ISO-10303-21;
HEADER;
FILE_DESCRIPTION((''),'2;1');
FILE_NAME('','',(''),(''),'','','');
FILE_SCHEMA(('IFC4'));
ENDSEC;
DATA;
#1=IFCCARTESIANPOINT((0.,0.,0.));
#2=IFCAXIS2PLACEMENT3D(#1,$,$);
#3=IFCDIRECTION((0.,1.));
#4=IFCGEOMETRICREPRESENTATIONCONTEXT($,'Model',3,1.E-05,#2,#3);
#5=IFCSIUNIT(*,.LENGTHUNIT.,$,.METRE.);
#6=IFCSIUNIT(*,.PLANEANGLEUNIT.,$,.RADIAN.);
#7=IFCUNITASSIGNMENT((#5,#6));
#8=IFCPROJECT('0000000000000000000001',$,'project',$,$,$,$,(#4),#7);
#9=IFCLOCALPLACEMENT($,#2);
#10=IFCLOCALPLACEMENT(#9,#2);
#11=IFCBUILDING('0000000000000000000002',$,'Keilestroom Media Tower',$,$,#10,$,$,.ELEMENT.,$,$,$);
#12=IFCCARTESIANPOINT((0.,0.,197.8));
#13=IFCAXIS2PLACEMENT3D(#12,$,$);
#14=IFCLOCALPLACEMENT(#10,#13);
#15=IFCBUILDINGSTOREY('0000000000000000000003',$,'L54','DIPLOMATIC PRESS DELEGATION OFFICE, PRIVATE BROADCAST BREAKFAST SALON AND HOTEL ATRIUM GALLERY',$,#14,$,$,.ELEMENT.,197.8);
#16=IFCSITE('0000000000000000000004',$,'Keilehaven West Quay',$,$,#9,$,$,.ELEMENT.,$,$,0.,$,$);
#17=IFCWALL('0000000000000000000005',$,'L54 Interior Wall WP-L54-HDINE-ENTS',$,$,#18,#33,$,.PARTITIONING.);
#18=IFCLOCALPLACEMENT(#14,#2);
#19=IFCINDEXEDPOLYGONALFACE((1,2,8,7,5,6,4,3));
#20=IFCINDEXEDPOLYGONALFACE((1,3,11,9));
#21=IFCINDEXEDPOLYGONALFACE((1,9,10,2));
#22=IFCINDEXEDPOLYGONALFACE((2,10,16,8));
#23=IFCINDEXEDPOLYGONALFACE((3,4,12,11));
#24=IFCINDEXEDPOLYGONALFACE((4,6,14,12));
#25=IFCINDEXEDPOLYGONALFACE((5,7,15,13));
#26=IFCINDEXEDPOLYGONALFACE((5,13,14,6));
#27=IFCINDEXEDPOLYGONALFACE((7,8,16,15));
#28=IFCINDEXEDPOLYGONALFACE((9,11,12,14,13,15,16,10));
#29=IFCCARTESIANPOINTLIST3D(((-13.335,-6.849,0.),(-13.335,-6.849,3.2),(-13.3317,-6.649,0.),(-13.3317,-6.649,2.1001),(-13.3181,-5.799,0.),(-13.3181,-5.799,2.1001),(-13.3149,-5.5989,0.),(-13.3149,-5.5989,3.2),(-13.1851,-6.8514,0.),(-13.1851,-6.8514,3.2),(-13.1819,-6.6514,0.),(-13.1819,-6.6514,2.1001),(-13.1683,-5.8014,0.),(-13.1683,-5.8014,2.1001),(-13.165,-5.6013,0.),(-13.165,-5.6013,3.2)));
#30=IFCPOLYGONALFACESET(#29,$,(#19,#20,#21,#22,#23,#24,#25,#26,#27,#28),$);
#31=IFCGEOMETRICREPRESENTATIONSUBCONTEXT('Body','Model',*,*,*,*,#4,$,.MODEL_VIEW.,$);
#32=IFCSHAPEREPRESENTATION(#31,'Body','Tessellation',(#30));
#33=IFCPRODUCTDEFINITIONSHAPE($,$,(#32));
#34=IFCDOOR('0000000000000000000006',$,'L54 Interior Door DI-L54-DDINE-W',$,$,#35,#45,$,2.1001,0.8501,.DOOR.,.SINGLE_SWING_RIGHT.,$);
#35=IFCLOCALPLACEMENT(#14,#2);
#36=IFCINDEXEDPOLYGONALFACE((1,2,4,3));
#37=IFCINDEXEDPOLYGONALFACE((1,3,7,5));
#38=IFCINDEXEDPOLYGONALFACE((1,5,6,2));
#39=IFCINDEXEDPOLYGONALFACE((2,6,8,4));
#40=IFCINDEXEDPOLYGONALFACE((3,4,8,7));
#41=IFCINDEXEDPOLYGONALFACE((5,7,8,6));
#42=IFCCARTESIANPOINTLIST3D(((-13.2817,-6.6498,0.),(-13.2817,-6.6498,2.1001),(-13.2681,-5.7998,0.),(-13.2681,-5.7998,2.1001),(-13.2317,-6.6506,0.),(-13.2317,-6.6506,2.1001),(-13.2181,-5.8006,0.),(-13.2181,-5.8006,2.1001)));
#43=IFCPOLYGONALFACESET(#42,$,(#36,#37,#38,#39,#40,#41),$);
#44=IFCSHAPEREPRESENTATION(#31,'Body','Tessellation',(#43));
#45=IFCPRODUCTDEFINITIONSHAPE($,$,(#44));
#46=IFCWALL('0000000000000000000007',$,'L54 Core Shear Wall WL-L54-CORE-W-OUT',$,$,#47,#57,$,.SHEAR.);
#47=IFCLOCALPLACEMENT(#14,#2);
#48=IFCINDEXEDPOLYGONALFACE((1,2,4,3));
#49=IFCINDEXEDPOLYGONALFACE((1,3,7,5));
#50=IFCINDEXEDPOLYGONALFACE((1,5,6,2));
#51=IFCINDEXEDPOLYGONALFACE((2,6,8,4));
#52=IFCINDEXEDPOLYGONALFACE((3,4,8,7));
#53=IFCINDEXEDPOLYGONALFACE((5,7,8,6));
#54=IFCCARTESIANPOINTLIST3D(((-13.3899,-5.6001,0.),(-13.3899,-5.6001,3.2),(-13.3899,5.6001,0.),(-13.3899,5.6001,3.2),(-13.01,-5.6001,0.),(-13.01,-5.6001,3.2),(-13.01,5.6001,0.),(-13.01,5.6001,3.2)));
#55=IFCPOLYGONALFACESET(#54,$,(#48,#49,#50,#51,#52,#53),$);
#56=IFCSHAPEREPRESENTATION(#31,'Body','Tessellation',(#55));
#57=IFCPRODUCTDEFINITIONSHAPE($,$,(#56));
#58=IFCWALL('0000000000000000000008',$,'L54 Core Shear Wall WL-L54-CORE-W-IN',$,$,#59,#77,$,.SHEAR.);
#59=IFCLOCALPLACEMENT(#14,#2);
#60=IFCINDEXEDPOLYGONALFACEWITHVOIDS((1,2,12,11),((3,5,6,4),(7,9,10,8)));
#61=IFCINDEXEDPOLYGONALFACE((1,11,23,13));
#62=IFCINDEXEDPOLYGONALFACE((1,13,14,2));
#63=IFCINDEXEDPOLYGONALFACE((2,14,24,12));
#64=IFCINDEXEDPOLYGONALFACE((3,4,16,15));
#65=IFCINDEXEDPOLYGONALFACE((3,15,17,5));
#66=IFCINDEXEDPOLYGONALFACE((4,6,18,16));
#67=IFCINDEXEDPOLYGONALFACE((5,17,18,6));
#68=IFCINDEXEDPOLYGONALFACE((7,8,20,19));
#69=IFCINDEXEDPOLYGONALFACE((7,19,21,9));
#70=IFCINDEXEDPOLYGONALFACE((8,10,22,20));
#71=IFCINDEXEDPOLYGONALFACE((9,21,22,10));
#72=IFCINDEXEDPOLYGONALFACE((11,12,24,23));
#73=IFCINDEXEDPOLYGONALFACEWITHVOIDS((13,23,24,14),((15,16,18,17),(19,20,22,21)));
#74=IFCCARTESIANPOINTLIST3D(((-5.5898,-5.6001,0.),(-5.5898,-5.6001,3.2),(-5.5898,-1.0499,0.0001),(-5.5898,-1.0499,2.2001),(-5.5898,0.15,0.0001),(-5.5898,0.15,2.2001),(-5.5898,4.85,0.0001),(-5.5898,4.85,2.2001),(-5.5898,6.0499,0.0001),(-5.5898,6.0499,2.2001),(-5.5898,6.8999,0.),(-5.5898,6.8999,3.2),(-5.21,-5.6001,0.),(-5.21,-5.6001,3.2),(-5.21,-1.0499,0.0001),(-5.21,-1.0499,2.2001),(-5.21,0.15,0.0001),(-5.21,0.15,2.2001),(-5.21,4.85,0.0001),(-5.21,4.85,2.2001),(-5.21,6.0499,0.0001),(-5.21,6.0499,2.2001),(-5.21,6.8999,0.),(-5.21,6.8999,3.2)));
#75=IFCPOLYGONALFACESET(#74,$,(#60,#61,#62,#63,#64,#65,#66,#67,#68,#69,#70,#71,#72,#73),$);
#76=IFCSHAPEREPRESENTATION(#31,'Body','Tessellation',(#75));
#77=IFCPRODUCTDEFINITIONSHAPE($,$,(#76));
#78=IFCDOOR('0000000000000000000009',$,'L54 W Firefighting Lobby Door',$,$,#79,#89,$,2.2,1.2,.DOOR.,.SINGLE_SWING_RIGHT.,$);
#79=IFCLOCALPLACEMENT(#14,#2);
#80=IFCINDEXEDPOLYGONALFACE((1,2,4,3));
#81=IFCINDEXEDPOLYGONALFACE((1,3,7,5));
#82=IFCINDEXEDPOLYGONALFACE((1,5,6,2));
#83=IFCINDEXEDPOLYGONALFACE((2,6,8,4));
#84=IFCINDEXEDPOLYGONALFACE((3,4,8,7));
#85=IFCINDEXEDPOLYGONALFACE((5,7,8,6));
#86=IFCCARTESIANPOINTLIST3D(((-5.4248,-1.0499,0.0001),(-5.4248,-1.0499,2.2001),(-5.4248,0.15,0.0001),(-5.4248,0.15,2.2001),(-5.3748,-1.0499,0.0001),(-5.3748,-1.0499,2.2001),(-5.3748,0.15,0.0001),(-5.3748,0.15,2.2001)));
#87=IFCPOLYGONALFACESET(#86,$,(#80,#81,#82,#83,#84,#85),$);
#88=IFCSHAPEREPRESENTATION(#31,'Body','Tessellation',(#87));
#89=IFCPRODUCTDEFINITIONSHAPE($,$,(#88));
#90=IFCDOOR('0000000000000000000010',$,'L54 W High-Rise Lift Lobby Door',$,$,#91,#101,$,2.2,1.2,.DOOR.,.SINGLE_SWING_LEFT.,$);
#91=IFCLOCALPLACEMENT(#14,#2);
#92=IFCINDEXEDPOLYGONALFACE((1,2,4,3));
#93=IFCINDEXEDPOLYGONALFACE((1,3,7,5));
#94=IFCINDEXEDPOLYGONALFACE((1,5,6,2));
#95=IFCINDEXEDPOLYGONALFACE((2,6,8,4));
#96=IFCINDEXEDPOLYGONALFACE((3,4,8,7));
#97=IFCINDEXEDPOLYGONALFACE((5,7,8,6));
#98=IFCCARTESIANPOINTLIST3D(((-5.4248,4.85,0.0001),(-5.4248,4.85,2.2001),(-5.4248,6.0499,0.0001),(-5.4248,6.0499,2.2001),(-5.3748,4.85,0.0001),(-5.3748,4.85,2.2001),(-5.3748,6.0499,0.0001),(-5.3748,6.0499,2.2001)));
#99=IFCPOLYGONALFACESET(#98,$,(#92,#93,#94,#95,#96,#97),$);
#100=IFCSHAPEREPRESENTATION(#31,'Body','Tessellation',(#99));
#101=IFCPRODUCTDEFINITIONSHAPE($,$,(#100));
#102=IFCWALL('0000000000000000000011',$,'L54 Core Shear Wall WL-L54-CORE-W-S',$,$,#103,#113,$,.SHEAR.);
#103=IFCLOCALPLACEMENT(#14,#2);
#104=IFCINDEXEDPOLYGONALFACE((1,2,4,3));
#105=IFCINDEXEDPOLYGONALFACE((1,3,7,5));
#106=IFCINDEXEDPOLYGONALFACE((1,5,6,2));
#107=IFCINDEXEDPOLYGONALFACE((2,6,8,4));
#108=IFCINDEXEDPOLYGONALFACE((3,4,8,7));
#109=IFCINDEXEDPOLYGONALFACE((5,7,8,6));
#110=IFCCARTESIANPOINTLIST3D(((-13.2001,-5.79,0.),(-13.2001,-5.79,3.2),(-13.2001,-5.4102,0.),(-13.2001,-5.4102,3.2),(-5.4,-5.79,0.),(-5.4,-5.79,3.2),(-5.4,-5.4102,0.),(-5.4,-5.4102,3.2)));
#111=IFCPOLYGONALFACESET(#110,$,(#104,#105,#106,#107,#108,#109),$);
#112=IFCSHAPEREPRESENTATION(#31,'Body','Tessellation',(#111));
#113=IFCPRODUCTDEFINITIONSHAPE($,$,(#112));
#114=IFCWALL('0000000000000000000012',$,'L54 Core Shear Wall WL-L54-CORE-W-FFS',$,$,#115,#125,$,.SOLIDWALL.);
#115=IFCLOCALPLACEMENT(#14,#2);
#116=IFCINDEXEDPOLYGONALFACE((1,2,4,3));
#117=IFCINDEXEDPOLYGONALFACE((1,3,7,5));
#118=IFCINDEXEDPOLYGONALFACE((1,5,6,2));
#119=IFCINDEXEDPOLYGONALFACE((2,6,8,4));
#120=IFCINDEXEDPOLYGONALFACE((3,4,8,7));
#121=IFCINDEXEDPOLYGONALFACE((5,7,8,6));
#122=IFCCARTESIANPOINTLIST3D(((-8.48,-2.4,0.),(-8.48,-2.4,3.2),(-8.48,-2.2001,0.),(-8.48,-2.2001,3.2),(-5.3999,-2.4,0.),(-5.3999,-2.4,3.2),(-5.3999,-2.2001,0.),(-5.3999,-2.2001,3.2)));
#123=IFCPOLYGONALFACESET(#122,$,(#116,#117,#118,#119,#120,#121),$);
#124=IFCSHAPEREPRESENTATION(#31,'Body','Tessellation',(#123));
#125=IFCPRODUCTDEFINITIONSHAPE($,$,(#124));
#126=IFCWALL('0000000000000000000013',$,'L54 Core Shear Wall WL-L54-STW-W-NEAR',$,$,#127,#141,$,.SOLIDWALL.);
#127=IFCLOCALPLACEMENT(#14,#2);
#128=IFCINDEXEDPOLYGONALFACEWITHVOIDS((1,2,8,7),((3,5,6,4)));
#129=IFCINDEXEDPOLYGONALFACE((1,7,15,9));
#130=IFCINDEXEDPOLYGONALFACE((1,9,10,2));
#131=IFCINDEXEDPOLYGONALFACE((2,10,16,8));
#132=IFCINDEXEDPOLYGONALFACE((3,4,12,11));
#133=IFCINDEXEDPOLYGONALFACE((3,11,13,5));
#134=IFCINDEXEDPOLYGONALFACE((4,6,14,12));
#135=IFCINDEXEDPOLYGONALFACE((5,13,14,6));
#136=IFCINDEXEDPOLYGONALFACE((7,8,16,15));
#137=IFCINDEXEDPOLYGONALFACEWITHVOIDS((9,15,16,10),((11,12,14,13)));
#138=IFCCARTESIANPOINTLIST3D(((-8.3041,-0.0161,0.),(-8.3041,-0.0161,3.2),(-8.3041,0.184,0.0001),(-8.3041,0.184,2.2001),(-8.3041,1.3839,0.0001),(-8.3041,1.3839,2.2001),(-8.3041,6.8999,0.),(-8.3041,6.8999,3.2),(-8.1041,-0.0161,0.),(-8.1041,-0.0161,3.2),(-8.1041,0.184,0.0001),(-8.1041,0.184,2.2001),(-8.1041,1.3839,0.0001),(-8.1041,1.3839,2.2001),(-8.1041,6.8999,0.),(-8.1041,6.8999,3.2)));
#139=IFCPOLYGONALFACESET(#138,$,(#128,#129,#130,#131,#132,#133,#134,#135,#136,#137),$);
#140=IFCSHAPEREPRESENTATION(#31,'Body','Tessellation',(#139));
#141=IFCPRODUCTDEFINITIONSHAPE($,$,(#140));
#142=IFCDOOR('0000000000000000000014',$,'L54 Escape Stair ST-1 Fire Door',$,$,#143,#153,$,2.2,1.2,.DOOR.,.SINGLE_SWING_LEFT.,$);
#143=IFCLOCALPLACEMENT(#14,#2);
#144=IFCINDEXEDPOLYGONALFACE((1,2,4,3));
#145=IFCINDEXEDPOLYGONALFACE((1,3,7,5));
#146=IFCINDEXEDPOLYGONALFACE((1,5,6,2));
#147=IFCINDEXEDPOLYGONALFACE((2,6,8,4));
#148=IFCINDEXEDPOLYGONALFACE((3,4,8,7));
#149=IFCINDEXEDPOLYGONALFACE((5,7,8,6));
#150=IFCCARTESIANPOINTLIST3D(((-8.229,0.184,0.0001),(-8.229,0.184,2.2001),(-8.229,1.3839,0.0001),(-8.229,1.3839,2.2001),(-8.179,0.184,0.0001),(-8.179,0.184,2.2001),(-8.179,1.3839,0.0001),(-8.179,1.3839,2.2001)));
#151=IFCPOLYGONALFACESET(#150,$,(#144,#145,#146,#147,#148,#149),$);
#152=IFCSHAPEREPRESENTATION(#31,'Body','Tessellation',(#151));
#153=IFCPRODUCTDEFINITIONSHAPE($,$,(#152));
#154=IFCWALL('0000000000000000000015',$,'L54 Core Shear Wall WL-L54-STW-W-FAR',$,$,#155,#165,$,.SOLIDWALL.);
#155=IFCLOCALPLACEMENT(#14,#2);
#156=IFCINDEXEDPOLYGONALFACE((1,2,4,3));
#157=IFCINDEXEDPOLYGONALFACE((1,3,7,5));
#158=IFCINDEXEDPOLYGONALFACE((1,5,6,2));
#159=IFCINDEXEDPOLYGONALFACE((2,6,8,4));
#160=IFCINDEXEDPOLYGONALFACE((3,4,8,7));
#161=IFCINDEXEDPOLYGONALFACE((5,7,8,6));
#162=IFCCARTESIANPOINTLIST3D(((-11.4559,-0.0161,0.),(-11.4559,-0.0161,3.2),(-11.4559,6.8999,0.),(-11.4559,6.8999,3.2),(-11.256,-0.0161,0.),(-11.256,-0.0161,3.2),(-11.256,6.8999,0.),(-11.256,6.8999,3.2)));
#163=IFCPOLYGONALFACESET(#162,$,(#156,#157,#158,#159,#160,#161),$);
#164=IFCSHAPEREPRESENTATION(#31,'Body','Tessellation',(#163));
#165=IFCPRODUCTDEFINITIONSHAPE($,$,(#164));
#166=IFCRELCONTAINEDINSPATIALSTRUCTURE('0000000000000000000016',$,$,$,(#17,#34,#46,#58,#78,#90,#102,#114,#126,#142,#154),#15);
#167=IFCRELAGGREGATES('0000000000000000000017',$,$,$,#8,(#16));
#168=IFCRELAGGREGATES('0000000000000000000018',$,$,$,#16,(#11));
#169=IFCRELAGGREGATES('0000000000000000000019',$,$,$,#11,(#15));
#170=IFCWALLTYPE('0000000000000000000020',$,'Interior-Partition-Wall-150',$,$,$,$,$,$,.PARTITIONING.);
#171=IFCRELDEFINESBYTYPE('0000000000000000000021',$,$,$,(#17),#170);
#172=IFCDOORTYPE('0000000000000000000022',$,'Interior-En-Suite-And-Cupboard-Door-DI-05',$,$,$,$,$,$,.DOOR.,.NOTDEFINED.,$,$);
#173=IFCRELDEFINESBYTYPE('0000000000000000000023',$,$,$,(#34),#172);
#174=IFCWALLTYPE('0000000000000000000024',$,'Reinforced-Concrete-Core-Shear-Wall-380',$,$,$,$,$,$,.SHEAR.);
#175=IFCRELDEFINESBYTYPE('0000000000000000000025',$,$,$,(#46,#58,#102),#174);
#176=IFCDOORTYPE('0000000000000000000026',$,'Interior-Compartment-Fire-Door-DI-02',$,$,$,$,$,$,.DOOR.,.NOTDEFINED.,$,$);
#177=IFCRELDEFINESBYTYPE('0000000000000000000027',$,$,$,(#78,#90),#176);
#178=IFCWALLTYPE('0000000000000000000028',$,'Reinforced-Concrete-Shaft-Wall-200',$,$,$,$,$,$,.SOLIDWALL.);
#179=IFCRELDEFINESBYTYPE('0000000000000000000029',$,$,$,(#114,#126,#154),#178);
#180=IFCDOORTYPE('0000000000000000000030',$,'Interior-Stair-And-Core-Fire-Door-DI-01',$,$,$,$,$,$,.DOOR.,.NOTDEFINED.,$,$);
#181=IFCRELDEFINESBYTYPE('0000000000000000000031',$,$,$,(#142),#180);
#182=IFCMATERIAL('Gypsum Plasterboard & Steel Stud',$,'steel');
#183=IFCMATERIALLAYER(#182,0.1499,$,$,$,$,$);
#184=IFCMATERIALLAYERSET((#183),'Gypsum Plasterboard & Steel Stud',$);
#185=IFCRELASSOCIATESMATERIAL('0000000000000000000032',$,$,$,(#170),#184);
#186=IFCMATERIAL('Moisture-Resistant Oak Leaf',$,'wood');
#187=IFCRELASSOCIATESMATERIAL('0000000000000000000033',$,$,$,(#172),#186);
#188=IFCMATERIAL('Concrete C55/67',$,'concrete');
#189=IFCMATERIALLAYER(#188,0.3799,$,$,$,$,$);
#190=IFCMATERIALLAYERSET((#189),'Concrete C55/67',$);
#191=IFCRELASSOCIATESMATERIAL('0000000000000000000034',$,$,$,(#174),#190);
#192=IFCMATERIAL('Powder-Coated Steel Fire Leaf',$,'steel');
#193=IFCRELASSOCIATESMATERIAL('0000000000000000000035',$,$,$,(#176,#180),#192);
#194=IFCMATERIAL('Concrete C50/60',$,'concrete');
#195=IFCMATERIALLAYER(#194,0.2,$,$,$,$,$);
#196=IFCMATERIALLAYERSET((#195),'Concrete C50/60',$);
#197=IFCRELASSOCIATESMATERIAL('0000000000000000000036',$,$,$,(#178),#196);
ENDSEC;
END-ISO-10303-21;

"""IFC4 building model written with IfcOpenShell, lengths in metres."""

from ifc_helpers import new_model, si_unit, direction, frame, frame_2d, origin, place, context, subcontext, project, spatial, rectangle, extrude, source, transform, mapped, material, layer, layer_set, type_object, element, fill, save


model = new_model("IFC4")

# Units and contexts
model_context = context("Model", 3, precision=1e-05, world=origin(), true_north=direction((0.0, 1.0)))
body_context = subcontext(model_context, "Body", "Model", "MODEL_VIEW")
ifc_project = project(units=[si_unit("LENGTHUNIT", "METRE"), si_unit("PLANEANGLEUNIT", "RADIAN")], contexts=[model_context])

# Site, building, storey
site_placement = place(None, origin())
site = spatial("IfcSite", under=ifc_project, at=site_placement, Name="Keilehaven West Quay", CompositionType="ELEMENT", RefElevation=0.0)
building_placement = place(site_placement, origin())
building = spatial("IfcBuilding", under=site, at=building_placement, Name="Keilestroom Media Tower", CompositionType="ELEMENT")
storey_placement = place(building_placement, frame((0.0, 0.0, 197.8)))
storey = spatial("IfcBuildingStorey", under=building, at=storey_placement, Name="L54", Description="DIPLOMATIC PRESS DELEGATION OFFICE, PRIVATE BROADCAST BREAKFAST SALON AND HOTEL ATRIUM GALLERY", CompositionType="ELEMENT", Elevation=197.8)

# Shared definitions
ifc_material_1 = material(Name="Concrete C55/67", Category="concrete")

# Wall, opening, door
ifc_material_2 = material(Name="Gypsum Plasterboard & Steel Stud", Category="steel")
ifc_layer_1 = layer(ifc_material_2, 0.1499)
ifc_layer_set_1 = layer_set([ifc_layer_1], Name="Gypsum Plasterboard & Steel Stud")
wall_type_1 = type_object("IfcWallType", Name="Interior-Partition-Wall-150", PredefinedType="PARTITIONING", material=ifc_layer_set_1)
wall_1_placement = place(storey_placement, frame((-13.26, -6.8501, 0.0), z_axis=(0.0, 0.0, 1.0), x_axis=(0.016014, 0.999872, 0.0)))
wall_1 = element("IfcWall", 1, at=wall_1_placement, inside=storey, type_object=wall_type_1, Name="L54 Interior Wall WP-L54-HDINE-ENTS", PredefinedType="PARTITIONING", context=body_context, shape_type="SweptSolid", body=[
    extrude(rectangle(XDim=1.2502, YDim=0.1499, at=frame_2d((0.625, 0.0))), origin(), (0.0, 0.0, 1.0), 3.2),
])
opening_1_placement = place(wall_1_placement, frame((0.2, 0.0, 0.0)))
opening_1 = element("IfcOpeningElement", 2, at=opening_1_placement, cuts=wall_1, PredefinedType="OPENING", context=body_context, shape_type="SweptSolid", body=[
    extrude(rectangle(XDim=0.8501, YDim=2.1001, at=frame_2d((0.425, 1.05))), frame((0.0, 0.085, 0.0), z_axis=(0.0, -1.0, 0.0), x_axis=(1.0, 0.0, 0.0)), (0.0, 0.0, 1.0), 0.1699),
])
ifc_material_3 = material(Name="Moisture-Resistant Oak Leaf", Category="wood")
door_type_1 = type_object("IfcDoorType", Name="Interior-En-Suite-And-Cupboard-Door-DI-05", OperationType="NOTDEFINED", PredefinedType="DOOR", material=ifc_material_3)
shared_shape_1 = source(origin(), body_context, "Body", "SweptSolid", [
    extrude(rectangle(XDim=0.8501, YDim=2.1001, at=frame_2d((0.425, 1.05))), frame((0.0, 0.0249, 0.0), z_axis=(0.0, -1.0, 0.0), x_axis=(1.0, 0.0, 0.0)), (0.0, 0.0, 1.0), 0.05),
])
door_1_placement = place(opening_1_placement, origin())
door_1 = element("IfcDoor", 3, at=door_1_placement, inside=storey, type_object=door_type_1, Name="L54 Interior Door DI-L54-DDINE-W", OperationType="SINGLE_SWING_RIGHT", OverallHeight=2.1001, OverallWidth=0.8501, PredefinedType="DOOR", context=body_context, shape_type="MappedRepresentation", body=[
    mapped(shared_shape_1, transform((0.0, 0.0, 0.0), x_axis=(1.0, 0.0, 0.0), y_axis=(0.0, 1.0, 0.0), z_axis=(0.0, 0.0, 1.0), scale=1.0)),
])
fill(opening_1, door_1)

# Wall
ifc_layer_2 = layer(ifc_material_1, 0.3799)
ifc_layer_set_2 = layer_set([ifc_layer_2], Name="Concrete C55/67")
wall_type_2 = type_object("IfcWallType", Name="Reinforced-Concrete-Core-Shear-Wall-380", PredefinedType="SHEAR", material=ifc_layer_set_2)
wall_2_placement = place(storey_placement, frame((-13.2, -5.6001, 0.0), z_axis=(0.0, 0.0, 1.0), x_axis=(0.0, 1.0, 0.0)))
element("IfcWall", 4, at=wall_2_placement, inside=storey, type_object=wall_type_2, Name="L54 Core Shear Wall WL-L54-CORE-W-OUT", PredefinedType="SHEAR", context=body_context, shape_type="SweptSolid", body=[
    extrude(rectangle(XDim=11.2002, YDim=0.3799, at=frame_2d((5.6001, 0.0))), origin(), (0.0, 0.0, 1.0), 3.2),
])

# Wall, openings, doors
wall_3_placement = place(storey_placement, frame((-5.3999, -5.6001, 0.0), z_axis=(0.0, 0.0, 1.0), x_axis=(0.0, 1.0, 0.0)))
wall_3 = element("IfcWall", 5, at=wall_3_placement, inside=storey, type_object=wall_type_2, Name="L54 Core Shear Wall WL-L54-CORE-W-IN", PredefinedType="SHEAR", context=body_context, shape_type="SweptSolid", body=[
    extrude(rectangle(XDim=12.5, YDim=0.3799, at=frame_2d((6.25, 0.0))), origin(), (0.0, 0.0, 1.0), 3.2),
])
opening_2_placement = place(wall_3_placement, frame((4.55, 0.0, 0.0)))
opening_2 = element("IfcOpeningElement", 6, at=opening_2_placement, cuts=wall_3, PredefinedType="OPENING", context=body_context, shape_type="SweptSolid", body=[
    extrude(rectangle(XDim=1.2, YDim=2.2, at=frame_2d((0.6001, 1.1001))), frame((0.0, 0.2, 0.0), z_axis=(0.0, -1.0, 0.0), x_axis=(1.0, 0.0, 0.0)), (0.0, 0.0, 1.0), 0.3999),
])
opening_3_placement = place(wall_3_placement, frame((10.45, 0.0, 0.0)))
opening_3 = element("IfcOpeningElement", 7, at=opening_3_placement, cuts=wall_3, PredefinedType="OPENING", context=body_context, shape_type="SweptSolid", body=[
    extrude(rectangle(XDim=1.2, YDim=2.2, at=frame_2d((0.6001, 1.1001))), frame((0.0, 0.2, 0.0), z_axis=(0.0, -1.0, 0.0), x_axis=(1.0, 0.0, 0.0)), (0.0, 0.0, 1.0), 0.3999),
])
ifc_material_4 = material(Name="Powder-Coated Steel Fire Leaf", Category="steel")
door_type_2 = type_object("IfcDoorType", Name="Interior-Compartment-Fire-Door-DI-02", OperationType="NOTDEFINED", PredefinedType="DOOR", material=ifc_material_4)
shared_shape_2 = source(origin(), body_context, "Body", "SweptSolid", [
    extrude(rectangle(XDim=1.2, YDim=2.2, at=frame_2d((0.6001, 1.1001))), frame((0.0, 0.0249, 0.0), z_axis=(0.0, -1.0, 0.0), x_axis=(1.0, 0.0, 0.0)), (0.0, 0.0, 1.0), 0.05),
])
door_2_placement = place(opening_2_placement, origin())
door_2 = element("IfcDoor", 8, at=door_2_placement, inside=storey, type_object=door_type_2, Name="L54 W Firefighting Lobby Door", OperationType="SINGLE_SWING_RIGHT", OverallHeight=2.2, OverallWidth=1.2, PredefinedType="DOOR", context=body_context, shape_type="MappedRepresentation", body=[
    mapped(shared_shape_2, transform((0.0, 0.0, 0.0), x_axis=(1.0, 0.0, 0.0), y_axis=(0.0, 1.0, 0.0), z_axis=(0.0, 0.0, 1.0), scale=1.0)),
])
fill(opening_2, door_2)
door_3_placement = place(opening_3_placement, origin())
door_3 = element("IfcDoor", 9, at=door_3_placement, inside=storey, type_object=door_type_2, Name="L54 W High-Rise Lift Lobby Door", OperationType="SINGLE_SWING_LEFT", OverallHeight=2.2, OverallWidth=1.2, PredefinedType="DOOR", context=body_context, shape_type="MappedRepresentation", body=[
    mapped(shared_shape_2, transform((0.0, 0.0, 0.0), x_axis=(1.0, 0.0, 0.0), y_axis=(0.0, 1.0, 0.0), z_axis=(0.0, 0.0, 1.0), scale=1.0)),
])
fill(opening_3, door_3)

# Walls
wall_4_placement = place(storey_placement, frame((-13.2, -5.6001, 0.0), z_axis=(0.0, 0.0, 1.0), x_axis=(1.0, 0.0, 0.0)))
element("IfcWall", 10, at=wall_4_placement, inside=storey, type_object=wall_type_2, Name="L54 Core Shear Wall WL-L54-CORE-W-S", PredefinedType="SHEAR", context=body_context, shape_type="SweptSolid", body=[
    extrude(rectangle(XDim=7.8, YDim=0.3799, at=frame_2d((3.8999, 0.0))), origin(), (0.0, 0.0, 1.0), 3.2),
])
ifc_material_5 = material(Name="Concrete C50/60", Category="concrete")
ifc_layer_3 = layer(ifc_material_5, 0.2)
ifc_layer_set_3 = layer_set([ifc_layer_3], Name="Concrete C50/60")
wall_type_3 = type_object("IfcWallType", Name="Reinforced-Concrete-Shaft-Wall-200", PredefinedType="SOLIDWALL", material=ifc_layer_set_3)
wall_5_placement = place(storey_placement, frame((-8.48, -2.3, 0.0), z_axis=(0.0, 0.0, 1.0), x_axis=(1.0, 0.0, 0.0)))
element("IfcWall", 11, at=wall_5_placement, inside=storey, type_object=wall_type_3, Name="L54 Core Shear Wall WL-L54-CORE-W-FFS", PredefinedType="SOLIDWALL", context=body_context, shape_type="SweptSolid", body=[
    extrude(rectangle(XDim=3.0801, YDim=0.2, at=frame_2d((1.54, 0.0))), origin(), (0.0, 0.0, 1.0), 3.2),
])

# Wall, opening, door
wall_6_placement = place(storey_placement, frame((-8.2041, -0.0161, 0.0), z_axis=(0.0, 0.0, 1.0), x_axis=(0.0, 1.0, 0.0)))
wall_6 = element("IfcWall", 12, at=wall_6_placement, inside=storey, type_object=wall_type_3, Name="L54 Core Shear Wall WL-L54-STW-W-NEAR", PredefinedType="SOLIDWALL", context=body_context, shape_type="SweptSolid", body=[
    extrude(rectangle(XDim=6.916, YDim=0.2, at=frame_2d((3.458, 0.0))), origin(), (0.0, 0.0, 1.0), 3.2),
])
opening_4_placement = place(wall_6_placement, frame((0.2, 0.0, 0.0)))
opening_4 = element("IfcOpeningElement", 13, at=opening_4_placement, cuts=wall_6, PredefinedType="OPENING", context=body_context, shape_type="SweptSolid", body=[
    extrude(rectangle(XDim=1.2, YDim=2.2, at=frame_2d((0.6001, 1.1001))), frame((0.0, 0.1099, 0.0), z_axis=(0.0, -1.0, 0.0), x_axis=(1.0, 0.0, 0.0)), (0.0, 0.0, 1.0), 0.22),
])
door_type_3 = type_object("IfcDoorType", Name="Interior-Stair-And-Core-Fire-Door-DI-01", OperationType="NOTDEFINED", PredefinedType="DOOR", material=ifc_material_4)
door_4_placement = place(opening_4_placement, origin())
door_4 = element("IfcDoor", 14, at=door_4_placement, inside=storey, type_object=door_type_3, Name="L54 Escape Stair ST-1 Fire Door", OperationType="SINGLE_SWING_LEFT", OverallHeight=2.2, OverallWidth=1.2, PredefinedType="DOOR", context=body_context, shape_type="MappedRepresentation", body=[
    mapped(shared_shape_2, transform((0.0, 0.0, 0.0), x_axis=(1.0, 0.0, 0.0), y_axis=(0.0, 1.0, 0.0), z_axis=(0.0, 0.0, 1.0), scale=1.0)),
])
fill(opening_4, door_4)

# Wall
wall_7_placement = place(storey_placement, frame((-11.356, -0.0161, 0.0), z_axis=(0.0, 0.0, 1.0), x_axis=(0.0, 1.0, 0.0)))
element("IfcWall", 15, at=wall_7_placement, inside=storey, type_object=wall_type_3, Name="L54 Core Shear Wall WL-L54-STW-W-FAR", PredefinedType="SOLIDWALL", context=body_context, shape_type="SweptSolid", body=[
    extrude(rectangle(XDim=6.916, YDim=0.2, at=frame_2d((3.458, 0.0))), origin(), (0.0, 0.0, 1.0), 3.2),
])

save(model, "model.ifc")
